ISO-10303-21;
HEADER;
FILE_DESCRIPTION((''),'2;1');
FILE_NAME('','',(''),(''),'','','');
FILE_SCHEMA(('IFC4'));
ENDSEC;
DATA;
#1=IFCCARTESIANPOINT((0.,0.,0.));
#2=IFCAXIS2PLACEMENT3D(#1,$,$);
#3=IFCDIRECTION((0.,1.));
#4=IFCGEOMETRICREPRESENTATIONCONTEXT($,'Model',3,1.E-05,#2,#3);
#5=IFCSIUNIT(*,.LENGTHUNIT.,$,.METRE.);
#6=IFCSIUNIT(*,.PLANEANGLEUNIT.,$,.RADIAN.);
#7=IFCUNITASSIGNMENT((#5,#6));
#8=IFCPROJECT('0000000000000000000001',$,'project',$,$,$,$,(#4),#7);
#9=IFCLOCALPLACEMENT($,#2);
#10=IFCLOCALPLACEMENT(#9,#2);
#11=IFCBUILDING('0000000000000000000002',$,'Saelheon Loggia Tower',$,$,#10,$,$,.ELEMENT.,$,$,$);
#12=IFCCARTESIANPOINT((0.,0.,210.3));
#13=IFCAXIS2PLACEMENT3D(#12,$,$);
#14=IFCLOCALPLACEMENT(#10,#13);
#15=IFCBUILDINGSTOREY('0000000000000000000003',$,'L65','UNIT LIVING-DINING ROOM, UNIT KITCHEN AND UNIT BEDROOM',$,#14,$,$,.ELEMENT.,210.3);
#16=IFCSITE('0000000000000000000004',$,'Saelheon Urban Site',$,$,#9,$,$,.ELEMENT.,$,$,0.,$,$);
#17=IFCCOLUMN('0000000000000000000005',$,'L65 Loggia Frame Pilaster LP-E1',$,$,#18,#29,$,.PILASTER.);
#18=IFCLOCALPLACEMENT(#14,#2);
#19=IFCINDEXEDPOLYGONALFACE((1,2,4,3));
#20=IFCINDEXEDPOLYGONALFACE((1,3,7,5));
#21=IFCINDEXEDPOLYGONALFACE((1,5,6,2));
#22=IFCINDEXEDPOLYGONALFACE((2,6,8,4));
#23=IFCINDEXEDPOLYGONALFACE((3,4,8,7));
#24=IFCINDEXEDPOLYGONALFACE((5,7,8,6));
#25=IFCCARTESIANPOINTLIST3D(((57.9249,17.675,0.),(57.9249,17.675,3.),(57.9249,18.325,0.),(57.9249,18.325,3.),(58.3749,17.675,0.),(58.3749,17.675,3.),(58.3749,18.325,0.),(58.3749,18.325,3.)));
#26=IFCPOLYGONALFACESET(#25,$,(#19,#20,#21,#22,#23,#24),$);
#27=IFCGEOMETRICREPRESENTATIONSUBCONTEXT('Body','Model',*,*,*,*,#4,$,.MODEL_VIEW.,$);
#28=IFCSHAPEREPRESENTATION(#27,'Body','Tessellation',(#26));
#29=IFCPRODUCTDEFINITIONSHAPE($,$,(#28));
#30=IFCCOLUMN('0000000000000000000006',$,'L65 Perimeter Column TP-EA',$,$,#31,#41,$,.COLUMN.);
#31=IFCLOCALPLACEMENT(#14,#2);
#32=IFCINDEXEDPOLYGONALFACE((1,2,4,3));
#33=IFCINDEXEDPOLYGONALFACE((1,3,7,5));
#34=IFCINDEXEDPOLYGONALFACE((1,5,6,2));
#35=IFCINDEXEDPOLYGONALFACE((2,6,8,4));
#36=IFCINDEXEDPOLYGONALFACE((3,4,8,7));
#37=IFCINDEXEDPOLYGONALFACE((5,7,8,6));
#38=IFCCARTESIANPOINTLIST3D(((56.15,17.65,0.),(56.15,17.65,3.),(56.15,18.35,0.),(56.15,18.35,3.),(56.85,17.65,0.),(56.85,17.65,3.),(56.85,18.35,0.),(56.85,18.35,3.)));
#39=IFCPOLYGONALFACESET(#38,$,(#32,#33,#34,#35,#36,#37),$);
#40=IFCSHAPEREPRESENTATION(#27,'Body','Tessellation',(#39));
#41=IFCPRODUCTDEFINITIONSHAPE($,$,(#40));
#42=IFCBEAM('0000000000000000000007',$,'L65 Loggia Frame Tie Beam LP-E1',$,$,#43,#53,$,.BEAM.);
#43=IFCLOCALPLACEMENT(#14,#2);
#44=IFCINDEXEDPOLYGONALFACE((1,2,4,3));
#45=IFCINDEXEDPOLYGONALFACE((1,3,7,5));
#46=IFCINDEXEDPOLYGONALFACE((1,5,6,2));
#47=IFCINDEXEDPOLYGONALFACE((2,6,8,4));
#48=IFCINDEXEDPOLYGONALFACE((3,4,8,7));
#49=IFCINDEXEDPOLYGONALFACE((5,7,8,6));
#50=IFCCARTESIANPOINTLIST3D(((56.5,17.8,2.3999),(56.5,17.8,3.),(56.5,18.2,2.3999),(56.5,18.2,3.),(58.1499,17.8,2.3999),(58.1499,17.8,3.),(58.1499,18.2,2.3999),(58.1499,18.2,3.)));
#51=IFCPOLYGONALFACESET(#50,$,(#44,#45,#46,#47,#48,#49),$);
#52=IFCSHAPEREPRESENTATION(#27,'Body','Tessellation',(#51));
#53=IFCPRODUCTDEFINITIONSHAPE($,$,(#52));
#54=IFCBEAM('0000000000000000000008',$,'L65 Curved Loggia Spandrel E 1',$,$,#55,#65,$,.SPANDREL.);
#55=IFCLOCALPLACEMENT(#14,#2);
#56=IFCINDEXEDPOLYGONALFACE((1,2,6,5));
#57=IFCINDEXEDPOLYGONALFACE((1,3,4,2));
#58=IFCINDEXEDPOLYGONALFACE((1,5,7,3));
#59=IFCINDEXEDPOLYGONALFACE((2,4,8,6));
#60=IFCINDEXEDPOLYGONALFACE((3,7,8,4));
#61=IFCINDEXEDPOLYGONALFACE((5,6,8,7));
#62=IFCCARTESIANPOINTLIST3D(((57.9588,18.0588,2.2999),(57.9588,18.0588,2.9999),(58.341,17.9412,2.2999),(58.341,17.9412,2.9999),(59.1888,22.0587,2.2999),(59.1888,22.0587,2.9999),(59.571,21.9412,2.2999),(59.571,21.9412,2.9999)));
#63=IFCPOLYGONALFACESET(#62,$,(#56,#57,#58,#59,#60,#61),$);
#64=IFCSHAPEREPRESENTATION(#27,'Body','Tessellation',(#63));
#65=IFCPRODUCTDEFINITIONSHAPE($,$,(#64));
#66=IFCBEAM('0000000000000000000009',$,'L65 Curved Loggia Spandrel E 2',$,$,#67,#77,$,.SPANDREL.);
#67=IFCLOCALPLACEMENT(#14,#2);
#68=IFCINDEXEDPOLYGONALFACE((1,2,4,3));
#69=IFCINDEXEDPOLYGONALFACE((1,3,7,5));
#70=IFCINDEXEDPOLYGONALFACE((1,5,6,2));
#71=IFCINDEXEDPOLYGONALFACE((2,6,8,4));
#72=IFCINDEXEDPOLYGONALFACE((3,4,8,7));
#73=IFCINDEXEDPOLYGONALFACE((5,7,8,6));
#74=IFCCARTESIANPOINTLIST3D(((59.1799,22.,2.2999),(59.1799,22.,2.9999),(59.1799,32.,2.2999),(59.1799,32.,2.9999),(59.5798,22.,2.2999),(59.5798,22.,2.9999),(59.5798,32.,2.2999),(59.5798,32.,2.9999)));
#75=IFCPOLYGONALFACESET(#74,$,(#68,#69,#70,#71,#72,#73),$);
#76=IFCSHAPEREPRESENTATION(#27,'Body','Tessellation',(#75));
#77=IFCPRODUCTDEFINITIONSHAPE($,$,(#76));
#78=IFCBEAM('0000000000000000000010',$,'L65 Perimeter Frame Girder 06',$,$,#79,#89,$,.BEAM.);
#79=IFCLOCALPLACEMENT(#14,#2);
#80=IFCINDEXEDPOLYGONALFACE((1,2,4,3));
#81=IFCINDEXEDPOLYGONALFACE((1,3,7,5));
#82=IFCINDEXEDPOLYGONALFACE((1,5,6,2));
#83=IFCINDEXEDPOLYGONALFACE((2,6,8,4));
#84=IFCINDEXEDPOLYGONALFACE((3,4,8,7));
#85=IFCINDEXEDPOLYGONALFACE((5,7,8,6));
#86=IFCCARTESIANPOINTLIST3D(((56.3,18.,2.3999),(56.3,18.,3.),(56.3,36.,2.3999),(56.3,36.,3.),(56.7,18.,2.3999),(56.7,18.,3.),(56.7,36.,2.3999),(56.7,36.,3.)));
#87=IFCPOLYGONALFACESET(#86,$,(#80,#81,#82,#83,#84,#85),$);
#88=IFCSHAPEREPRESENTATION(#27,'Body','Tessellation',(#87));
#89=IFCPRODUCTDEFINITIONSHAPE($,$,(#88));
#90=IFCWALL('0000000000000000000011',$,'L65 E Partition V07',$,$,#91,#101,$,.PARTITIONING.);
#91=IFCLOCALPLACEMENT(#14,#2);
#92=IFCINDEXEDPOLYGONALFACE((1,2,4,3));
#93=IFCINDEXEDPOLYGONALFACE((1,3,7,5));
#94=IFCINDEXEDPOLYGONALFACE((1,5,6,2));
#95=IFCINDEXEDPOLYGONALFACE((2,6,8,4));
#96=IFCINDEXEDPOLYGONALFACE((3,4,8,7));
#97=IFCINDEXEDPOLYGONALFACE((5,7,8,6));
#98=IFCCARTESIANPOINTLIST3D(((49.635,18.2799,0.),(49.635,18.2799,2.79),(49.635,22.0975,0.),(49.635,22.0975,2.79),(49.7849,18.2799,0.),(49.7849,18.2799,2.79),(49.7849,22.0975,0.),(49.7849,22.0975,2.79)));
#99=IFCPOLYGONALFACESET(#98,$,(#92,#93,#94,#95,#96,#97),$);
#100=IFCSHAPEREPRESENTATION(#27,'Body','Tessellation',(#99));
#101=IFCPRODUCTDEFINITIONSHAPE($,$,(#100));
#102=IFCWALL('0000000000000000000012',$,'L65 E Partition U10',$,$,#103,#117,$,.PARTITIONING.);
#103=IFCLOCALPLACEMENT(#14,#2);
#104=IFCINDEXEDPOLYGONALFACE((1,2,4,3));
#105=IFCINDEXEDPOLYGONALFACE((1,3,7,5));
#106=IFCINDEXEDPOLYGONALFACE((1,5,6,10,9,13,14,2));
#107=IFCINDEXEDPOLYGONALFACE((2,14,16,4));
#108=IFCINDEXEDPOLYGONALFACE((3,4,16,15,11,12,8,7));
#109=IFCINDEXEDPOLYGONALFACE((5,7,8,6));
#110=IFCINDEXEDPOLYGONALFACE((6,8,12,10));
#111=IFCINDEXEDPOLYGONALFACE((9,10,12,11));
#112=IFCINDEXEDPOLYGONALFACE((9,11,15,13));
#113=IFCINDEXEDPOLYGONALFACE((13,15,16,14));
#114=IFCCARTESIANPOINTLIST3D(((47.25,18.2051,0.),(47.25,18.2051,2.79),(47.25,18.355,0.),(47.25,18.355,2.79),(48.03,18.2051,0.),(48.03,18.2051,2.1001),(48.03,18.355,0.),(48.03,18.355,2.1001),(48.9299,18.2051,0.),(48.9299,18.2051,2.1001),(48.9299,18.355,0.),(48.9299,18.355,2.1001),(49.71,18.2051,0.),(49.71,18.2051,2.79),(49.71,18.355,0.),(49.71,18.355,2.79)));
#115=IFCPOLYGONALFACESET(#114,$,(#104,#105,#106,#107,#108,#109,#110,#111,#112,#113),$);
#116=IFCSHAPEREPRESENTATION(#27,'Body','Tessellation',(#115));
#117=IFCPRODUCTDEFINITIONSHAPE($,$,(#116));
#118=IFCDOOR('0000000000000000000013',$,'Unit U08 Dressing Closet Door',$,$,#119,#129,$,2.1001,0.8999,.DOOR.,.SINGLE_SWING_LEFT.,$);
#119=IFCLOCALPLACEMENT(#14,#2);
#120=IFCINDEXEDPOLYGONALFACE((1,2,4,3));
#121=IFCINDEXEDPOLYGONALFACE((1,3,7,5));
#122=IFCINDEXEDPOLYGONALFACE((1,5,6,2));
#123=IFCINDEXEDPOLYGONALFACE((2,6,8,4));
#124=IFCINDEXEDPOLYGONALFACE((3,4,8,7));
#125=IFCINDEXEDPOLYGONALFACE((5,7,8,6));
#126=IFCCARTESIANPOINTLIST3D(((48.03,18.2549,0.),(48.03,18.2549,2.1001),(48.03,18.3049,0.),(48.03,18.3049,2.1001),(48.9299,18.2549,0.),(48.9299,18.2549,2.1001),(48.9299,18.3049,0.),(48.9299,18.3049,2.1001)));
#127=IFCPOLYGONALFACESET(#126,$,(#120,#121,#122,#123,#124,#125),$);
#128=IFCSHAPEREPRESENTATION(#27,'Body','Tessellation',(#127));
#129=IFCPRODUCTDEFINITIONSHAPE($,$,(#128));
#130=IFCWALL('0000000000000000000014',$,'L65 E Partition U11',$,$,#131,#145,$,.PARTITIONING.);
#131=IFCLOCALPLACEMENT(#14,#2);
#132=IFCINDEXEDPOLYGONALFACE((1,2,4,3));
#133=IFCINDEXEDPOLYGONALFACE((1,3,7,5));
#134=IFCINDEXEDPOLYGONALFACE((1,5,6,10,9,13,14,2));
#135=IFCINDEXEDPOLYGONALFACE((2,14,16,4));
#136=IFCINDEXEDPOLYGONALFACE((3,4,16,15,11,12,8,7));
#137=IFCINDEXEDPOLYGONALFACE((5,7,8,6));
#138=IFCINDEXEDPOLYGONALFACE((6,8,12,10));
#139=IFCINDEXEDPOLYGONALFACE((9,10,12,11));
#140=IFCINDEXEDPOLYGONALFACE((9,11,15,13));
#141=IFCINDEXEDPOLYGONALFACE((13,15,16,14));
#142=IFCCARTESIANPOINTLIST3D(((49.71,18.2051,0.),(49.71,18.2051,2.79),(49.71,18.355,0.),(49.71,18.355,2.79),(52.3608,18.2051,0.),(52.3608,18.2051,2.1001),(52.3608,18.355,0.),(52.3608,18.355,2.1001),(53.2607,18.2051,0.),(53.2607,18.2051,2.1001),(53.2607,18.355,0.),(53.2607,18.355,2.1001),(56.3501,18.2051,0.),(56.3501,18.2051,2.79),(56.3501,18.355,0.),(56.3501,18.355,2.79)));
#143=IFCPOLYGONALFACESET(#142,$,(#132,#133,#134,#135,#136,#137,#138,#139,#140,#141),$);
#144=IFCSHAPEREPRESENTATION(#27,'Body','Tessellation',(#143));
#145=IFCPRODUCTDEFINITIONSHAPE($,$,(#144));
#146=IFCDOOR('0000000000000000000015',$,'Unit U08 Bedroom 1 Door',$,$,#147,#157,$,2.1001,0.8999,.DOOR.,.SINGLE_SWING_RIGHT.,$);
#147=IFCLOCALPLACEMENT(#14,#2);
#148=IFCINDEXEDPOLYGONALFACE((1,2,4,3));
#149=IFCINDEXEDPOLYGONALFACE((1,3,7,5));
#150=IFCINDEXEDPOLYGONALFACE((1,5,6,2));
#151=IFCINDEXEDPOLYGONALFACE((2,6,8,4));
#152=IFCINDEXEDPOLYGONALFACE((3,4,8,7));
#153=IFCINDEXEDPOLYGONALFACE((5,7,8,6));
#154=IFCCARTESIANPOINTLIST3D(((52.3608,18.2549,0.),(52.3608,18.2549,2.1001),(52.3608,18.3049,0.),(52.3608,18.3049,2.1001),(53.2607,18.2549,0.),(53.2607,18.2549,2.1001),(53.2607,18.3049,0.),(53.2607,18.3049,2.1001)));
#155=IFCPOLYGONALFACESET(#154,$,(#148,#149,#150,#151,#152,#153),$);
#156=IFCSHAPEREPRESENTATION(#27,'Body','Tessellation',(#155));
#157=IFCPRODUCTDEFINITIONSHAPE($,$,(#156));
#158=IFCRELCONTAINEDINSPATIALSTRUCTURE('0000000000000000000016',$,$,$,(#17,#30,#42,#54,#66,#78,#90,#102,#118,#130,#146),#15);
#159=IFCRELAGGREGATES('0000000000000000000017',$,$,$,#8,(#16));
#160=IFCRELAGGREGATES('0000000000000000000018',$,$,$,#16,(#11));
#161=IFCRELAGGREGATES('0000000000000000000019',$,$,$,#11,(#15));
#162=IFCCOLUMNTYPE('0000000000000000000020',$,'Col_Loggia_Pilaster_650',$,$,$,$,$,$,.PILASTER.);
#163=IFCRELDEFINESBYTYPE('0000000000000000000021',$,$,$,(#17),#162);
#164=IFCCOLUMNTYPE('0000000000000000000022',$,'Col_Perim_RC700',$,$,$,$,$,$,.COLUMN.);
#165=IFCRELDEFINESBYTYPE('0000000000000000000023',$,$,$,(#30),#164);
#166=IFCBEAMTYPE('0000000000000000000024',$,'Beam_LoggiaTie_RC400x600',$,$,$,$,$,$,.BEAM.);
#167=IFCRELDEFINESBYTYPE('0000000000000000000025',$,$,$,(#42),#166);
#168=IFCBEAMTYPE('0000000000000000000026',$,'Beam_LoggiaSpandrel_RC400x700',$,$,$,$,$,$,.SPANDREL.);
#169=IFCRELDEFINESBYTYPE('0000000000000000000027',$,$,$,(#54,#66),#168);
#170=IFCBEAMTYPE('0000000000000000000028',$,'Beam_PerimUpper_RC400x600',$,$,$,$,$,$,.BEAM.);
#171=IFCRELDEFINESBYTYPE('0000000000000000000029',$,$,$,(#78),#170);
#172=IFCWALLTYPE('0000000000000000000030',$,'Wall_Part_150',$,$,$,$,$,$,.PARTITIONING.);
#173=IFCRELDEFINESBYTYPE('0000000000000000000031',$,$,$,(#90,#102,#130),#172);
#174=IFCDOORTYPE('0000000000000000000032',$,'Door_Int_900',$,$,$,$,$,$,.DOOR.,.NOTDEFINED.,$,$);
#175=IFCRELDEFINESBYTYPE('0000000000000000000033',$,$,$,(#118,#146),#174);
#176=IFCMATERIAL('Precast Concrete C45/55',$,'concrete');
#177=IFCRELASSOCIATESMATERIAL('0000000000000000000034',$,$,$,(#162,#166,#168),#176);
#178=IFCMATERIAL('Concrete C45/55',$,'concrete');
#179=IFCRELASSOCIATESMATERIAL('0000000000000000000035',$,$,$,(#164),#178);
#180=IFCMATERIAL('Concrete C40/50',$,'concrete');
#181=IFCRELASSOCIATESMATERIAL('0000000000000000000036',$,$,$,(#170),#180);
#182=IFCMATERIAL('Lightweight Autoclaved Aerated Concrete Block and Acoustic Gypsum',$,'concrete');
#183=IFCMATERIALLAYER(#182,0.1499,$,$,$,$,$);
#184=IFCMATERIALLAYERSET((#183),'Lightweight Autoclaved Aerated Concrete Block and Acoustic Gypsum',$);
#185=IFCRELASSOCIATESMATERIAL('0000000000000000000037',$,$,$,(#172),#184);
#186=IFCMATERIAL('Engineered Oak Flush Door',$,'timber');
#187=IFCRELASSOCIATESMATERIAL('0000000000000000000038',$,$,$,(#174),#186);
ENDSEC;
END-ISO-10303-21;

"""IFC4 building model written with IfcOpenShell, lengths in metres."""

from ifc_helpers import new_model, si_unit, direction, frame, frame_2d, origin, origin_2d, place, context, subcontext, project, spatial, rectangle, extrude, source, transform, mapped, material, layer, layer_set, material_profile, profile_set, type_object, element, fill, save


model = new_model("IFC4")

# Units and contexts
model_context = context("Model", 3, precision=1e-05, world=origin(), true_north=direction((0.0, 1.0)))
body_context = subcontext(model_context, "Body", "Model", "MODEL_VIEW")
ifc_project = project(units=[si_unit("LENGTHUNIT", "METRE"), si_unit("PLANEANGLEUNIT", "RADIAN")], contexts=[model_context])

# Site, building, storey
site_placement = place(None, origin())
site = spatial("IfcSite", under=ifc_project, at=site_placement, Name="Saelheon Urban Site", CompositionType="ELEMENT", RefElevation=0.0)
building_placement = place(site_placement, origin())
building = spatial("IfcBuilding", under=site, at=building_placement, Name="Saelheon Loggia Tower", CompositionType="ELEMENT")
storey_placement = place(building_placement, frame((0.0, 0.0, 210.3)))
storey = spatial("IfcBuildingStorey", under=building, at=storey_placement, Name="L65", Description="UNIT LIVING-DINING ROOM, UNIT KITCHEN AND UNIT BEDROOM", CompositionType="ELEMENT", Elevation=210.3)

# Columns
ifc_material_1 = material(Name="Precast Concrete C45/55", Category="concrete")
ifc_material_profile_1 = material_profile(ifc_material_1, rectangle(XDim=0.45, YDim=0.6499, at=origin_2d()), Name="RC-450x650")
ifc_profile_set_1 = profile_set([ifc_material_profile_1], Name="Precast Concrete C45/55")
column_type_1 = type_object("IfcColumnType", Name="Col_Loggia_Pilaster_650", PredefinedType="PILASTER", material=ifc_profile_set_1)
shared_shape_1 = source(origin(), body_context, "Body", "SweptSolid", [
    extrude(rectangle(XDim=0.45, YDim=0.6499, at=origin_2d()), origin(), (0.0, 0.0, 1.0), 3.0),
])
column_1_placement = place(storey_placement, frame((58.1499, 18.0, 0.0), z_axis=(0.0, 0.0, 1.0), x_axis=(1.0, 0.0, 0.0)))
element("IfcColumn", 1, at=column_1_placement, inside=storey, type_object=column_type_1, Name="L65 Loggia Frame Pilaster LP-E1", PredefinedType="PILASTER", context=body_context, shape_type="MappedRepresentation", body=[
    mapped(shared_shape_1, transform((0.0, 0.0, 0.0), scale=1.0)),
])
ifc_material_2 = material(Name="Concrete C45/55", Category="concrete")
ifc_material_profile_2 = material_profile(ifc_material_2, rectangle(XDim=0.7, YDim=0.7, at=origin_2d()), Name="RC-700x700")
ifc_profile_set_2 = profile_set([ifc_material_profile_2], Name="Concrete C45/55")
column_type_2 = type_object("IfcColumnType", Name="Col_Perim_RC700", PredefinedType="COLUMN", material=ifc_profile_set_2)
shared_shape_2 = source(origin(), body_context, "Body", "SweptSolid", [
    extrude(rectangle(XDim=0.7, YDim=0.7, at=origin_2d()), origin(), (0.0, 0.0, 1.0), 3.0),
])
column_2_placement = place(storey_placement, frame((56.5, 18.0, 0.0), z_axis=(0.0, 0.0, 1.0), x_axis=(1.0, 0.0, 0.0)))
element("IfcColumn", 2, at=column_2_placement, inside=storey, type_object=column_type_2, Name="L65 Perimeter Column TP-EA", PredefinedType="COLUMN", context=body_context, shape_type="MappedRepresentation", body=[
    mapped(shared_shape_2, transform((0.0, 0.0, 0.0), scale=1.0)),
])

# Beams
ifc_material_profile_3 = material_profile(ifc_material_1, rectangle(XDim=0.3999, YDim=0.6001, at=origin_2d()), Name="RC-400x600")
ifc_profile_set_3 = profile_set([ifc_material_profile_3], Name="Precast Concrete C45/55")
beam_type_1 = type_object("IfcBeamType", Name="Beam_LoggiaTie_RC400x600", PredefinedType="BEAM", material=ifc_profile_set_3)
shared_shape_3 = source(origin(), body_context, "Body", "SweptSolid", [
    extrude(rectangle(XDim=0.3999, YDim=0.6001, at=origin_2d()), origin(), (0.0, 0.0, 1.0), 1.6499),
])
beam_1_placement = place(storey_placement, frame((56.5, 18.0, 2.7), z_axis=(1.0, 0.0, 0.0), x_axis=(0.0, 1.0, 0.0)))
element("IfcBeam", 3, at=beam_1_placement, inside=storey, type_object=beam_type_1, Name="L65 Loggia Frame Tie Beam LP-E1", PredefinedType="BEAM", context=body_context, shape_type="MappedRepresentation", body=[
    mapped(shared_shape_3, transform((0.0, 0.0, 0.0), scale=1.0)),
])
ifc_material_profile_4 = material_profile(ifc_material_1, rectangle(XDim=0.3999, YDim=0.7, at=origin_2d()), Name="RC-400x700")
ifc_profile_set_4 = profile_set([ifc_material_profile_4], Name="Precast Concrete C45/55")
beam_type_2 = type_object("IfcBeamType", Name="Beam_LoggiaSpandrel_RC400x700", PredefinedType="SPANDREL", material=ifc_profile_set_4)
shared_shape_4 = source(origin(), body_context, "Body", "SweptSolid", [
    extrude(rectangle(XDim=0.3999, YDim=0.7, at=origin_2d()), origin(), (0.0, 0.0, 1.0), 4.1848),
])
beam_2_placement = place(storey_placement, frame((58.1499, 18.0, 2.6499), z_axis=(0.293914, 0.955832, 0.0), x_axis=(-0.955832, 0.293914, 0.0)))
element("IfcBeam", 4, at=beam_2_placement, inside=storey, type_object=beam_type_2, Name="L65 Curved Loggia Spandrel E 1", PredefinedType="SPANDREL", context=body_context, shape_type="MappedRepresentation", body=[
    mapped(shared_shape_4, transform((0.0, 0.0, 0.0), scale=1.0)),
])
shared_shape_5 = source(origin(), body_context, "Body", "SweptSolid", [
    extrude(rectangle(XDim=0.3999, YDim=0.7, at=origin_2d()), origin(), (0.0, 0.0, 1.0), 10.0),
])
beam_3_placement = place(storey_placement, frame((59.3799, 22.0, 2.6499), z_axis=(0.0, 1.0, 0.0), x_axis=(-1.0, 0.0, 0.0)))
element("IfcBeam", 5, at=beam_3_placement, inside=storey, type_object=beam_type_2, Name="L65 Curved Loggia Spandrel E 2", PredefinedType="SPANDREL", context=body_context, shape_type="MappedRepresentation", body=[
    mapped(shared_shape_5, transform((0.0, 0.0, 0.0), scale=1.0)),
])
ifc_material_3 = material(Name="Concrete C40/50", Category="concrete")
ifc_material_profile_5 = material_profile(ifc_material_3, rectangle(XDim=0.3999, YDim=0.6001, at=origin_2d()), Name="RC-400x600")
ifc_profile_set_5 = profile_set([ifc_material_profile_5], Name="Concrete C40/50")
beam_type_3 = type_object("IfcBeamType", Name="Beam_PerimUpper_RC400x600", PredefinedType="BEAM", material=ifc_profile_set_5)
shared_shape_6 = source(origin(), body_context, "Body", "SweptSolid", [
    extrude(rectangle(XDim=0.3999, YDim=0.6001, at=origin_2d()), origin(), (0.0, 0.0, 1.0), 18.0),
])
beam_4_placement = place(storey_placement, frame((56.5, 18.0, 2.7), z_axis=(0.0, 1.0, 0.0), x_axis=(-1.0, 0.0, 0.0)))
element("IfcBeam", 6, at=beam_4_placement, inside=storey, type_object=beam_type_3, Name="L65 Perimeter Frame Girder 06", PredefinedType="BEAM", context=body_context, shape_type="MappedRepresentation", body=[
    mapped(shared_shape_6, transform((0.0, 0.0, 0.0), scale=1.0)),
])

# Wall
ifc_material_4 = material(Name="Lightweight Autoclaved Aerated Concrete Block and Acoustic Gypsum", Category="concrete")
ifc_layer_1 = layer(ifc_material_4, 0.1499)
ifc_layer_set_1 = layer_set([ifc_layer_1], Name="Lightweight Autoclaved Aerated Concrete Block and Acoustic Gypsum")
wall_type_1 = type_object("IfcWallType", Name="Wall_Part_150", PredefinedType="PARTITIONING", material=ifc_layer_set_1)
wall_1_placement = place(storey_placement, frame((49.71, 18.28, 0.0), z_axis=(0.0, 0.0, 1.0), x_axis=(0.0, 1.0, 0.0)))
element("IfcWall", 7, at=wall_1_placement, inside=storey, type_object=wall_type_1, Name="L65 E Partition V07", PredefinedType="PARTITIONING", context=body_context, shape_type="SweptSolid", body=[
    extrude(rectangle(XDim=3.8176, YDim=0.1499, at=frame_2d((1.9087, 0.0))), origin(), (0.0, 0.0, 1.0), 2.79),
])

# Walls, openings, doors
wall_2_placement = place(storey_placement, frame((47.25, 18.28, 0.0), z_axis=(0.0, 0.0, 1.0), x_axis=(1.0, 0.0, 0.0)))
wall_2 = element("IfcWall", 8, at=wall_2_placement, inside=storey, type_object=wall_type_1, Name="L65 E Partition U10", PredefinedType="PARTITIONING", context=body_context, shape_type="SweptSolid", body=[
    extrude(rectangle(XDim=2.46, YDim=0.1499, at=frame_2d((1.23, 0.0))), origin(), (0.0, 0.0, 1.0), 2.79),
])
opening_1_placement = place(wall_2_placement, frame((0.78, 0.0, 0.0)))
opening_1 = element("IfcOpeningElement", 9, at=opening_1_placement, cuts=wall_2, PredefinedType="OPENING", context=body_context, shape_type="SweptSolid", body=[
    extrude(rectangle(XDim=0.8999, YDim=2.1001, at=frame_2d((0.45, 1.05))), frame((0.0, 0.0869, 0.0), z_axis=(0.0, -1.0, 0.0), x_axis=(1.0, 0.0, 0.0)), (0.0, 0.0, 1.0), 0.1738),
])
ifc_material_5 = material(Name="Engineered Oak Flush Door", Category="timber")
door_type_1 = type_object("IfcDoorType", Name="Door_Int_900", OperationType="NOTDEFINED", PredefinedType="DOOR", material=ifc_material_5)
shared_shape_7 = source(origin(), body_context, "Body", "SweptSolid", [
    extrude(rectangle(XDim=0.8999, YDim=2.1001, at=frame_2d((0.45, 1.05))), frame((0.0, 0.0249, 0.0), z_axis=(0.0, -1.0, 0.0), x_axis=(1.0, 0.0, 0.0)), (0.0, 0.0, 1.0), 0.05),
])
door_1_placement = place(opening_1_placement, origin())
door_1 = element("IfcDoor", 10, at=door_1_placement, inside=storey, type_object=door_type_1, Name="Unit U08 Dressing Closet Door", OperationType="SINGLE_SWING_LEFT", OverallHeight=2.1001, OverallWidth=0.8999, PredefinedType="DOOR", context=body_context, shape_type="MappedRepresentation", body=[
    mapped(shared_shape_7, transform((0.0, 0.0, 0.0), scale=1.0)),
])
fill(opening_1, door_1)
wall_3_placement = place(storey_placement, frame((49.71, 18.28, 0.0), z_axis=(0.0, 0.0, 1.0), x_axis=(1.0, 0.0, 0.0)))
wall_3 = element("IfcWall", 11, at=wall_3_placement, inside=storey, type_object=wall_type_1, Name="L65 E Partition U11", PredefinedType="PARTITIONING", context=body_context, shape_type="SweptSolid", body=[
    extrude(rectangle(XDim=6.6401, YDim=0.1499, at=frame_2d((3.3201, 0.0))), origin(), (0.0, 0.0, 1.0), 2.79),
])
opening_2_placement = place(wall_3_placement, frame((2.6509, 0.0, 0.0)))
opening_2 = element("IfcOpeningElement", 12, at=opening_2_placement, cuts=wall_3, PredefinedType="OPENING", context=body_context, shape_type="SweptSolid", body=[
    extrude(rectangle(XDim=0.8999, YDim=2.1001, at=frame_2d((0.45, 1.05))), frame((0.0, 0.0869, 0.0), z_axis=(0.0, -1.0, 0.0), x_axis=(1.0, 0.0, 0.0)), (0.0, 0.0, 1.0), 0.1738),
])
door_2_placement = place(opening_2_placement, origin())
door_2 = element("IfcDoor", 13, at=door_2_placement, inside=storey, type_object=door_type_1, Name="Unit U08 Bedroom 1 Door", OperationType="SINGLE_SWING_RIGHT", OverallHeight=2.1001, OverallWidth=0.8999, PredefinedType="DOOR", context=body_context, shape_type="MappedRepresentation", body=[
    mapped(shared_shape_7, transform((0.0, 0.0, 0.0), scale=1.0)),
])
fill(opening_2, door_2)

save(model, "model.ifc")
